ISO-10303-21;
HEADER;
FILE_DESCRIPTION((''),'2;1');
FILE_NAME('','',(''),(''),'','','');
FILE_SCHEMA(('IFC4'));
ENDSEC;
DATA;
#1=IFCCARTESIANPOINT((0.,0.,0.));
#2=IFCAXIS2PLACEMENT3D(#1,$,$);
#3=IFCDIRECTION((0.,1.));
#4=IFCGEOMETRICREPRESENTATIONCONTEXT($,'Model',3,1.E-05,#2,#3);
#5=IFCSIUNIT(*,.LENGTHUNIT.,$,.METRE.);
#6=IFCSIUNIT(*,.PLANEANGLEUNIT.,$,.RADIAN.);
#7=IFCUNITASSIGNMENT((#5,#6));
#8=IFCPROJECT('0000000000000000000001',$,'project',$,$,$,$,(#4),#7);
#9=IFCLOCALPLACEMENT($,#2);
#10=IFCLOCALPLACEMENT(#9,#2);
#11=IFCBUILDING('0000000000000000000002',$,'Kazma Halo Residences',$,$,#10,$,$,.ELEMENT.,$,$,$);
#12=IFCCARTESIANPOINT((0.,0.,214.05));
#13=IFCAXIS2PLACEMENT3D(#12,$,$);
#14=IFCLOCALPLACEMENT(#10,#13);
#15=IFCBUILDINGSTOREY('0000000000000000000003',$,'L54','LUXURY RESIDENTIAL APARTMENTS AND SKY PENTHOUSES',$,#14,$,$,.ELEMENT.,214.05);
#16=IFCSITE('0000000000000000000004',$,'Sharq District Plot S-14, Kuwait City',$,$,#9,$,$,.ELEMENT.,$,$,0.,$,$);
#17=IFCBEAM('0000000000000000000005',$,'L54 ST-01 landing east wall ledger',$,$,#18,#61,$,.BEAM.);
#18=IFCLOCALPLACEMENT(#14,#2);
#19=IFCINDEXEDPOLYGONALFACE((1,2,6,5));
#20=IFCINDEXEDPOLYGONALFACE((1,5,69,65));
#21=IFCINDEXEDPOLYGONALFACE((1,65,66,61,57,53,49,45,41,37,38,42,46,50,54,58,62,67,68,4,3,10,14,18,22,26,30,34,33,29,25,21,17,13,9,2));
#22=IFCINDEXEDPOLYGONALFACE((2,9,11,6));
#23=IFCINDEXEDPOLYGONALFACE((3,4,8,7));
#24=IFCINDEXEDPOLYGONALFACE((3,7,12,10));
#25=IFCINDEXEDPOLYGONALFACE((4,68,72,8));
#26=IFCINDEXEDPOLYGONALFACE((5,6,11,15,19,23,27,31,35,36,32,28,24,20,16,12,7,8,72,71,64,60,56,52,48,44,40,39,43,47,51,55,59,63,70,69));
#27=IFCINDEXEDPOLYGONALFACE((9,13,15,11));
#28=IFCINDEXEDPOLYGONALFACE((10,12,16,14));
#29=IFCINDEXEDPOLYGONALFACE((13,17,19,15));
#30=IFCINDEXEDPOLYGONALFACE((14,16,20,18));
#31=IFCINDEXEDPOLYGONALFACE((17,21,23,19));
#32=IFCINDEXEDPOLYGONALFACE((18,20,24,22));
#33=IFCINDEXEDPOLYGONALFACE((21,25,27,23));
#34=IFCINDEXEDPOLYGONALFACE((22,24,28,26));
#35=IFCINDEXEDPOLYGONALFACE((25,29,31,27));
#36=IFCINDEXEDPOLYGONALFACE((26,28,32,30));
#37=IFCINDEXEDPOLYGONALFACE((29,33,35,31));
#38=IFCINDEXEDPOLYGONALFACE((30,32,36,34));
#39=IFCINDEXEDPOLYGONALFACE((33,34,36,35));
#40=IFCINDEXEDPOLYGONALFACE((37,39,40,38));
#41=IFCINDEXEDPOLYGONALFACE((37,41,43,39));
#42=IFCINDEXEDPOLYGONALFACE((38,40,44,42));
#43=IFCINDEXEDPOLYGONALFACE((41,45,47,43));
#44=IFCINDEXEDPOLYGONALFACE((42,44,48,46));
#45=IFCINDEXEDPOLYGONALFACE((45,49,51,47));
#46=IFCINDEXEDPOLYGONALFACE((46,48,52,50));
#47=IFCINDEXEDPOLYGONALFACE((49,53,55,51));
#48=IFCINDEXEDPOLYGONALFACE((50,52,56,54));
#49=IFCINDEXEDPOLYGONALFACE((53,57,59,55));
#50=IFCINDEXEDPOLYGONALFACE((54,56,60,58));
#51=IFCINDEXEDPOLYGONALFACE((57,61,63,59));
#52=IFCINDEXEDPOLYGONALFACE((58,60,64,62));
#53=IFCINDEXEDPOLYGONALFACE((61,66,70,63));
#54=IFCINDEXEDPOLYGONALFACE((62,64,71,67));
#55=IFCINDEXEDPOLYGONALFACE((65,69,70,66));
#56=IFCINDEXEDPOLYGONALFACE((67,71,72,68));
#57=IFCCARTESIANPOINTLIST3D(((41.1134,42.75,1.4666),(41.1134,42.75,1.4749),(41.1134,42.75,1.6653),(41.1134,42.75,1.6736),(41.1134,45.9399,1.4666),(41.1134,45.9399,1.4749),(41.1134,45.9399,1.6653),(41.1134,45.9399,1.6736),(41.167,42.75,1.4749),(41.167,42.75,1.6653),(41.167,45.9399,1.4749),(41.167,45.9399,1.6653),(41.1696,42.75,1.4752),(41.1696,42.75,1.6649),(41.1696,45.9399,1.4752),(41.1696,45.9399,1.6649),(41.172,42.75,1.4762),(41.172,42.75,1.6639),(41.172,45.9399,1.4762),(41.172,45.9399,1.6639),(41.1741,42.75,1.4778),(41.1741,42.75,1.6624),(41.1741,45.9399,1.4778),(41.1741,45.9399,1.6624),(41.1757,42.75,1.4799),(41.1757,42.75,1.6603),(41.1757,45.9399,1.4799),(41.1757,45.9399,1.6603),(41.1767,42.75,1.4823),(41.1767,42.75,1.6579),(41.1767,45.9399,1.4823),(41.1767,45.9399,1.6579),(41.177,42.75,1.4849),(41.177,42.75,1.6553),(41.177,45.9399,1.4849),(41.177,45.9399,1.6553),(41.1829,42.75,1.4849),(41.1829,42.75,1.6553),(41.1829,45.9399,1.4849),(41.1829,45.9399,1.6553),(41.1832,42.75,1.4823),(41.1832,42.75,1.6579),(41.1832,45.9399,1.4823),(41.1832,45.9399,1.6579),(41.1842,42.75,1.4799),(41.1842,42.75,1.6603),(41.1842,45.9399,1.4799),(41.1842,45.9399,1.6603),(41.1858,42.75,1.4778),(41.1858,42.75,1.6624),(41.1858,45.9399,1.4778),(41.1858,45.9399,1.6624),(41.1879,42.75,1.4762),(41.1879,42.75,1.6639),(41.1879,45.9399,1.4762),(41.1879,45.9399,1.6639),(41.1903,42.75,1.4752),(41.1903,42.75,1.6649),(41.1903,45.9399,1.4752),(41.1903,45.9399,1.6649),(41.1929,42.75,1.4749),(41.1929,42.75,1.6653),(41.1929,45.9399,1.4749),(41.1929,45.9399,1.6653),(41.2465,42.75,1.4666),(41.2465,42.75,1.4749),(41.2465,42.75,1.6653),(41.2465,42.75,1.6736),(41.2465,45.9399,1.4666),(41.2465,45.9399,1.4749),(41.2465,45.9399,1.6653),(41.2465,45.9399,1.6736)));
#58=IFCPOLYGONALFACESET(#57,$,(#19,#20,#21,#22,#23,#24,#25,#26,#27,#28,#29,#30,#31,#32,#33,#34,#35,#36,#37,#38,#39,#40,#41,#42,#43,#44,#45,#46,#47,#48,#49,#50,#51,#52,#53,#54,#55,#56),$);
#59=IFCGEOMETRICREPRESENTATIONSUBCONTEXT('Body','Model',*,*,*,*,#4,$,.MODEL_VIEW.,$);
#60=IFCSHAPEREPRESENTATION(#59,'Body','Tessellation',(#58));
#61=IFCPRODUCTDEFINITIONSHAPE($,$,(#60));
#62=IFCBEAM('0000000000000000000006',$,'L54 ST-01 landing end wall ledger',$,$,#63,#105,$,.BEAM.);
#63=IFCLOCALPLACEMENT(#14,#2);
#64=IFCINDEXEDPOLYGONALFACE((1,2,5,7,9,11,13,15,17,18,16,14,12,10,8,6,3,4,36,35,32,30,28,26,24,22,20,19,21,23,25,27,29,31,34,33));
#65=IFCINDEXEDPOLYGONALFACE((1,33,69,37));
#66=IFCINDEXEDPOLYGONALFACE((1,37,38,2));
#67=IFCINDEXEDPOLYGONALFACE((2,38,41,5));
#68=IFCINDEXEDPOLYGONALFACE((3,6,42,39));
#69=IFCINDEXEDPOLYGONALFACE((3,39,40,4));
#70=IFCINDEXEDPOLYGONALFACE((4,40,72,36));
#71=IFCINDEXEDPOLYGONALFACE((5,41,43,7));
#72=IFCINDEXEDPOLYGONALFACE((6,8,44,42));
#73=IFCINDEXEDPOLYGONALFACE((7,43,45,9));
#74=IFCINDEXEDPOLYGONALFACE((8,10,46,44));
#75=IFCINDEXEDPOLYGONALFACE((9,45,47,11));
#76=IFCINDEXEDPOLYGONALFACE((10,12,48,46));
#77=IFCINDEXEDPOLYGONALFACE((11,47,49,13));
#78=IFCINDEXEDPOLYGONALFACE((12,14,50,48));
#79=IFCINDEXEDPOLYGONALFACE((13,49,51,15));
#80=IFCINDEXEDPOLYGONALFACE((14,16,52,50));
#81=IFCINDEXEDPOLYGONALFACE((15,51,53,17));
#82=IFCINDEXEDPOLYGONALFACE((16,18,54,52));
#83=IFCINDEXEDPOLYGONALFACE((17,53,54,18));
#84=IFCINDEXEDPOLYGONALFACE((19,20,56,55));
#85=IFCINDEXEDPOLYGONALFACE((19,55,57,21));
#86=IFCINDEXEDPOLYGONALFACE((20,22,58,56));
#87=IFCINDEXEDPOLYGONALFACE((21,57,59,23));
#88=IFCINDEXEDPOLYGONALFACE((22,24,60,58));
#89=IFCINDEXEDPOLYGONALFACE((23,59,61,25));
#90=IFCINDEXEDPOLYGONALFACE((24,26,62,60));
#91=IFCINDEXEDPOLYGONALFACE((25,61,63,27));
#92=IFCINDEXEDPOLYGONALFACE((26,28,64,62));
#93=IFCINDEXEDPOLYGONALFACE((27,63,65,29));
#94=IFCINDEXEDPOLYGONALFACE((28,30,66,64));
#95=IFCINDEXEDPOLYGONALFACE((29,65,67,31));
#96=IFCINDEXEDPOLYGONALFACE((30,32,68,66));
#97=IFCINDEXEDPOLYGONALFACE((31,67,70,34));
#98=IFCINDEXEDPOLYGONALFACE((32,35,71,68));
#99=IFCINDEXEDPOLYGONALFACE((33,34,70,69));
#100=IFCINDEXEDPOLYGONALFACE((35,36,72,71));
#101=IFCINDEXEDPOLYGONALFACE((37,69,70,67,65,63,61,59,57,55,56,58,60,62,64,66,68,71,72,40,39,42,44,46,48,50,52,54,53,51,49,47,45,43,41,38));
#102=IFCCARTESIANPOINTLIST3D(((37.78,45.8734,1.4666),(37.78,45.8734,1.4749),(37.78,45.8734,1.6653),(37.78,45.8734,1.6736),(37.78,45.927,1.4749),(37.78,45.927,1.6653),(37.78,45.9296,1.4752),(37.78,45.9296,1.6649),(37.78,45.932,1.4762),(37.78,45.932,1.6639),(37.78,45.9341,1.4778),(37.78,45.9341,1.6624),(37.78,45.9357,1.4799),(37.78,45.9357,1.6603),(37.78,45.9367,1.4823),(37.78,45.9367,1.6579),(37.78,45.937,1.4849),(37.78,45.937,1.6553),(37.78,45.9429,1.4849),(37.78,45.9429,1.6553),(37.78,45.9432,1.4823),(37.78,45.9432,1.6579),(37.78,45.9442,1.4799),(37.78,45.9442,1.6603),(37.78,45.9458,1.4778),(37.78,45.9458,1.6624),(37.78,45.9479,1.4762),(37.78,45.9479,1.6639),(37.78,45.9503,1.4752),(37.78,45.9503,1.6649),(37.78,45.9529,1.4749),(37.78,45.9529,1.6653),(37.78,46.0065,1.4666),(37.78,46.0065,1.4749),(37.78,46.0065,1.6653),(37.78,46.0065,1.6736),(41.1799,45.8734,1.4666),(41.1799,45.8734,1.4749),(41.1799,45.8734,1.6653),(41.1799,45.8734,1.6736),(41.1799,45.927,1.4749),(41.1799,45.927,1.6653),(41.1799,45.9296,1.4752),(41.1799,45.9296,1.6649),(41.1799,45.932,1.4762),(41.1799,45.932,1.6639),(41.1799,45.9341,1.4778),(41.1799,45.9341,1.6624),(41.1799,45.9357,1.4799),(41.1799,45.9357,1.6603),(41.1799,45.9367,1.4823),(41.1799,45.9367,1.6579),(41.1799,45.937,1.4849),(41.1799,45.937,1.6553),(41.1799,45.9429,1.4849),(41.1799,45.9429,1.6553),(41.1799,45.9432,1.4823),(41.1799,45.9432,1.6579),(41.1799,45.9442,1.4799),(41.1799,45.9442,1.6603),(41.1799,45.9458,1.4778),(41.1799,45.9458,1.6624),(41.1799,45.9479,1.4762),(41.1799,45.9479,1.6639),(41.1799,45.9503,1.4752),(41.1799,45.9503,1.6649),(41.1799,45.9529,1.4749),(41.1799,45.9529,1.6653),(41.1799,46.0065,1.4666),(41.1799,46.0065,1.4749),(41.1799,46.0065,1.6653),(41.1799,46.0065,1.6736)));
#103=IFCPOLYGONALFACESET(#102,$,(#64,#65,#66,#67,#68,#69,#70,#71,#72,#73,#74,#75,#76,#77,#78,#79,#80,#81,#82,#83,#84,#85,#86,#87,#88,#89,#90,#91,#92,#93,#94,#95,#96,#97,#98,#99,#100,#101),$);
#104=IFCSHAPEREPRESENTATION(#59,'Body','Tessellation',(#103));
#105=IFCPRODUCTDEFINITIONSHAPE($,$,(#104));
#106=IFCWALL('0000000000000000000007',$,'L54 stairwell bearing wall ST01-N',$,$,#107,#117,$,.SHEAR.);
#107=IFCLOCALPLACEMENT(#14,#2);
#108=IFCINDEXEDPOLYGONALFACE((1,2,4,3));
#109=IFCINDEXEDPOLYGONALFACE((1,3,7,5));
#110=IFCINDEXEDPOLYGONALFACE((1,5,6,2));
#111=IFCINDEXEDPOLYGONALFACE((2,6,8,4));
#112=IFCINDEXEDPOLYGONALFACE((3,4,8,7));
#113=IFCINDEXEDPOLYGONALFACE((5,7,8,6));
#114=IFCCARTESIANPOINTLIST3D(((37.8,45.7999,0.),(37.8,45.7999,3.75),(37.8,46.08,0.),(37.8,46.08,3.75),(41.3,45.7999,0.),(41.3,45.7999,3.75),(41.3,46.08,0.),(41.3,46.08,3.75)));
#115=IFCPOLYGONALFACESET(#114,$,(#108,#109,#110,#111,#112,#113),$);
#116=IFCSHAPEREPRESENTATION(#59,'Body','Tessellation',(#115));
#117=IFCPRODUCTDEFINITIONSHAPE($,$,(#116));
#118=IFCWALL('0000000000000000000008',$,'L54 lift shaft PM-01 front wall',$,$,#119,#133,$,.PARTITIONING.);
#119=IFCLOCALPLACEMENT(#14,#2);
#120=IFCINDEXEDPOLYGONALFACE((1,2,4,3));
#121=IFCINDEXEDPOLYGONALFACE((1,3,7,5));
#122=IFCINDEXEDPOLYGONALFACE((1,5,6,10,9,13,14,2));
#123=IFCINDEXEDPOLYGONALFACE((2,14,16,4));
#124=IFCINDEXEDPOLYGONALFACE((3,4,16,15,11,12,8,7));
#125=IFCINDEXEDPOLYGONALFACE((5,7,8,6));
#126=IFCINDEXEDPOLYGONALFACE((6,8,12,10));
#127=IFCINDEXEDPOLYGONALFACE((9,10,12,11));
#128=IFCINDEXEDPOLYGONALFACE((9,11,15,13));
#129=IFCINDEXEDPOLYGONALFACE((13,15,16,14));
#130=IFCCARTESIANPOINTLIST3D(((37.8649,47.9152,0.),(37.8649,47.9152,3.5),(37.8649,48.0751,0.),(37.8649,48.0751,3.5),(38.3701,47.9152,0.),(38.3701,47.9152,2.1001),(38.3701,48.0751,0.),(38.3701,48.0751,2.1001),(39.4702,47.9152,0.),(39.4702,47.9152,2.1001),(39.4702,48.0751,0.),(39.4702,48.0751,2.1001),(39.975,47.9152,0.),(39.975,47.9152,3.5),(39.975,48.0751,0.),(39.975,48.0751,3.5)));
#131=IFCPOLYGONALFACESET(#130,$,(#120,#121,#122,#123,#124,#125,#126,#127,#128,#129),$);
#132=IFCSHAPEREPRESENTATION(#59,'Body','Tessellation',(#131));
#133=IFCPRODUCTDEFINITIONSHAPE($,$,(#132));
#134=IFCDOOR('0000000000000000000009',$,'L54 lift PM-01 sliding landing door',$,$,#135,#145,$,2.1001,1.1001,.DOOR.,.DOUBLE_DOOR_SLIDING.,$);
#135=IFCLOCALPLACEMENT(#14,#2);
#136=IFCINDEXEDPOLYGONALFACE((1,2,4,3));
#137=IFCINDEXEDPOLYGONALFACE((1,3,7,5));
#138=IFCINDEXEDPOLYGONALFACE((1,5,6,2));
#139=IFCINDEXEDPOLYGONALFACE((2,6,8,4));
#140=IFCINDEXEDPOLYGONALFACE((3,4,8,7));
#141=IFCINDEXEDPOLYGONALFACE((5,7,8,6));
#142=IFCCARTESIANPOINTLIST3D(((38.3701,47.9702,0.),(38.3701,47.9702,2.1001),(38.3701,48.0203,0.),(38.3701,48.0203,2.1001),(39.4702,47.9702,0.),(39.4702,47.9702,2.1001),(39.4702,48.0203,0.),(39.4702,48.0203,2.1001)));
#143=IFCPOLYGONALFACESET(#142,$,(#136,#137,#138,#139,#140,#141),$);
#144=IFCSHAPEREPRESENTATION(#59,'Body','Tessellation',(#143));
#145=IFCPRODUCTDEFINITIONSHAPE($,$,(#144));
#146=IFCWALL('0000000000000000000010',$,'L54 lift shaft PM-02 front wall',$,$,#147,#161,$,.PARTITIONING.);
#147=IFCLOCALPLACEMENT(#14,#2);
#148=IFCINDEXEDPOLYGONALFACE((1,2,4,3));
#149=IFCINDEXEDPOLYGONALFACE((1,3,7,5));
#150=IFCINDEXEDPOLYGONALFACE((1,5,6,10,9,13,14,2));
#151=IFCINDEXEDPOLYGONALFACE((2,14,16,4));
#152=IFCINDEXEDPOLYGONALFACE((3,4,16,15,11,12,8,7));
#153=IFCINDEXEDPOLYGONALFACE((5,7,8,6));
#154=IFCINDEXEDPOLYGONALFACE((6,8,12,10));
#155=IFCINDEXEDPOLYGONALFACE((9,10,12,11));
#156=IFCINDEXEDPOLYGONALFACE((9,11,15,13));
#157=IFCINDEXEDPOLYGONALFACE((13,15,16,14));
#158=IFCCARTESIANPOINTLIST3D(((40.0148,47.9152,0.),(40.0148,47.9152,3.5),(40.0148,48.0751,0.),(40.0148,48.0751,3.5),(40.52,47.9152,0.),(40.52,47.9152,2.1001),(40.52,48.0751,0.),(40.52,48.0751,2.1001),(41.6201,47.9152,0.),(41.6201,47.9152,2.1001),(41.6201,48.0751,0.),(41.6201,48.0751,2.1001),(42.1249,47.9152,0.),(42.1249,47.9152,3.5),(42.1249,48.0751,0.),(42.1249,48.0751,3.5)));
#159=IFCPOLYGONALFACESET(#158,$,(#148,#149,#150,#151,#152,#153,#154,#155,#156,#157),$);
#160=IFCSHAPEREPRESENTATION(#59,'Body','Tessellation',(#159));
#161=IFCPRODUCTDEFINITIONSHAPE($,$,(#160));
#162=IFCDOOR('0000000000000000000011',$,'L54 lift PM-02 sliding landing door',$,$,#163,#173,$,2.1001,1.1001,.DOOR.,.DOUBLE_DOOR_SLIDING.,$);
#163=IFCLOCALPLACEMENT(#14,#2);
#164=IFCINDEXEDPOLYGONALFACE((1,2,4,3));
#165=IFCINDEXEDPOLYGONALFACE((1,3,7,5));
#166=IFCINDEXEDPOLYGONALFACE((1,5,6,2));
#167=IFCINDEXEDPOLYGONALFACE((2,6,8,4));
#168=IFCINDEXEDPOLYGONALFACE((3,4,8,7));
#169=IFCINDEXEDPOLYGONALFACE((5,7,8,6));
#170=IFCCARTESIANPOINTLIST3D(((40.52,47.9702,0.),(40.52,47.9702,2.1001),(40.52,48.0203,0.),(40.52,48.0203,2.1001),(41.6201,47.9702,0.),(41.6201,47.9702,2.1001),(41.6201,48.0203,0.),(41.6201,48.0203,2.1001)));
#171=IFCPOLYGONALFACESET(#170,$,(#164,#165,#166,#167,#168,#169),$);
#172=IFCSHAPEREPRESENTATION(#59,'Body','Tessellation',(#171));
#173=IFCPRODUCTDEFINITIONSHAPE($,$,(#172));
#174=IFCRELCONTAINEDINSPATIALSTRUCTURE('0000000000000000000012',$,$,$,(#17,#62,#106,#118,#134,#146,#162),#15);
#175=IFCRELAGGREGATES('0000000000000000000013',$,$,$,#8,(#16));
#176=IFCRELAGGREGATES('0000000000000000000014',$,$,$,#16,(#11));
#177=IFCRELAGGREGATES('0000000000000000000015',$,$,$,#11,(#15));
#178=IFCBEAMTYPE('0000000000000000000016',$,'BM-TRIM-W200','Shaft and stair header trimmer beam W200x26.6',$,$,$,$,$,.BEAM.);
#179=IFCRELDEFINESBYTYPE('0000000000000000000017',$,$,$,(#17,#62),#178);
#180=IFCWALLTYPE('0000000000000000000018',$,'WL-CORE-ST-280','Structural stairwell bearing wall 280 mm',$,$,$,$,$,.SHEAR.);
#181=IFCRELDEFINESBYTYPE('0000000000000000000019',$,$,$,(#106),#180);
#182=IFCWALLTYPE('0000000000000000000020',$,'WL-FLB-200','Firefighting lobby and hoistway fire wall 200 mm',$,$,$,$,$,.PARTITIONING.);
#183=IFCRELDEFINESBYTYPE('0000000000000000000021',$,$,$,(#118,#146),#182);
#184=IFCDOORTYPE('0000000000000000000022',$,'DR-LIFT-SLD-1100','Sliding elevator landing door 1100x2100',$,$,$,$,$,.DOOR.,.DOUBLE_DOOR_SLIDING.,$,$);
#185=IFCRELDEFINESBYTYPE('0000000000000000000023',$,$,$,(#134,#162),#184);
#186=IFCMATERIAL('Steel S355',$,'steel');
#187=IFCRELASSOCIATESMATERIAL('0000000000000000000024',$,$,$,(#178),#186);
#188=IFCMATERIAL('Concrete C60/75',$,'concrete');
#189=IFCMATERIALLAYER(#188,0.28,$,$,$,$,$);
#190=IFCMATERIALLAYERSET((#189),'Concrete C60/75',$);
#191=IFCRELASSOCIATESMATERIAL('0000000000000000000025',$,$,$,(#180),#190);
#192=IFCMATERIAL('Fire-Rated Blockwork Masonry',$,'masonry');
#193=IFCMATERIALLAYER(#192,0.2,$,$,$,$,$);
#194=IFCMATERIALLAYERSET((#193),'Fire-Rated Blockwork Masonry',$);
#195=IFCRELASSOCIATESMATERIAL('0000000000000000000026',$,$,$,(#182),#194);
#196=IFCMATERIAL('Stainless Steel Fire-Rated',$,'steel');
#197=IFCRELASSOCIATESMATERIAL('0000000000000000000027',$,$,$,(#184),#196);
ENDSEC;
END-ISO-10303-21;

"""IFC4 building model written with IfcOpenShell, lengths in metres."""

from ifc_helpers import new_model, si_unit, direction, frame, frame_2d, origin, origin_2d, place, context, subcontext, project, spatial, rectangle, i_section, extrude, material, layer, layer_set, material_profile, profile_set, type_object, element, fill, save


model = new_model("IFC4")

# Units and contexts
model_context = context("Model", 3, precision=1e-05, world=origin(), true_north=direction((0.0, 1.0)))
body_context = subcontext(model_context, "Body", "Model", "MODEL_VIEW")
ifc_project = project(units=[si_unit("LENGTHUNIT", "METRE"), si_unit("PLANEANGLEUNIT", "RADIAN")], contexts=[model_context])

# Site, building, storey
site_placement = place(None, origin())
site = spatial("IfcSite", under=ifc_project, at=site_placement, Name="Sharq District Plot S-14, Kuwait City", CompositionType="ELEMENT", RefElevation=0.0)
building_placement = place(site_placement, origin())
building = spatial("IfcBuilding", under=site, at=building_placement, Name="Kazma Halo Residences", CompositionType="ELEMENT")
storey_placement = place(building_placement, frame((0.0, 0.0, 214.05)))
storey = spatial("IfcBuildingStorey", under=building, at=storey_placement, Name="L54", Description="LUXURY RESIDENTIAL APARTMENTS AND SKY PENTHOUSES", CompositionType="ELEMENT", Elevation=214.05)

# Shared definitions
ifc_material_1 = material(Name="Steel S355", Category="steel")

# Beams
ifc_material_profile_1 = material_profile(ifc_material_1, i_section(OverallWidth=0.1331, OverallDepth=0.207, WebThickness=0.0059, FlangeThickness=0.0083, FilletRadius=0.01, at=origin_2d()), Name="W200x26.6")
ifc_profile_set_1 = profile_set([ifc_material_profile_1], Name="Steel S355")
beam_type_1 = type_object("IfcBeamType", Name="BM-TRIM-W200", Description="Shaft and stair header trimmer beam W200x26.6", PredefinedType="BEAM", material=ifc_profile_set_1)
beam_1_placement = place(storey_placement, frame((41.1799, 42.75, 1.5701), z_axis=(0.0, 1.0, 0.0), x_axis=(-1.0, 0.0, 0.0)))
element("IfcBeam", 1, at=beam_1_placement, inside=storey, type_object=beam_type_1, Name="L54 ST-01 landing east wall ledger", PredefinedType="BEAM", context=body_context, shape_type="SweptSolid", body=[
    extrude(i_section(OverallWidth=0.1331, OverallDepth=0.207, WebThickness=0.0059, FlangeThickness=0.0083, FilletRadius=0.01, at=origin_2d()), origin(), (0.0, 0.0, 1.0), 3.1899),
])
beam_2_placement = place(storey_placement, frame((37.78, 45.9399, 1.5701), z_axis=(1.0, 0.0, 0.0), x_axis=(0.0, 1.0, 0.0)))
element("IfcBeam", 2, at=beam_2_placement, inside=storey, type_object=beam_type_1, Name="L54 ST-01 landing end wall ledger", PredefinedType="BEAM", context=body_context, shape_type="SweptSolid", body=[
    extrude(i_section(OverallWidth=0.1331, OverallDepth=0.207, WebThickness=0.0059, FlangeThickness=0.0083, FilletRadius=0.01, at=origin_2d()), origin(), (0.0, 0.0, 1.0), 3.3999),
])

# Wall
ifc_material_2 = material(Name="Concrete C60/75", Category="concrete")
ifc_layer_1 = layer(ifc_material_2, 0.28)
ifc_layer_set_1 = layer_set([ifc_layer_1], Name="Concrete C60/75")
wall_type_1 = type_object("IfcWallType", Name="WL-CORE-ST-280", Description="Structural stairwell bearing wall 280 mm", PredefinedType="SHEAR", material=ifc_layer_set_1)
wall_1_placement = place(storey_placement, frame((37.8, 45.9399, 0.0), z_axis=(0.0, 0.0, 1.0), x_axis=(1.0, 0.0, 0.0)))
element("IfcWall", 3, at=wall_1_placement, inside=storey, type_object=wall_type_1, Name="L54 stairwell bearing wall ST01-N", PredefinedType="SHEAR", context=body_context, shape_type="SweptSolid", body=[
    extrude(rectangle(XDim=3.5, YDim=0.28, at=frame_2d((1.75, 0.0))), origin(), (0.0, 0.0, 1.0), 3.75),
])

# Walls, openings, doors
ifc_material_3 = material(Name="Fire-Rated Blockwork Masonry", Category="masonry")
ifc_layer_2 = layer(ifc_material_3, 0.2)
ifc_layer_set_2 = layer_set([ifc_layer_2], Name="Fire-Rated Blockwork Masonry")
wall_type_2 = type_object("IfcWallType", Name="WL-FLB-200", Description="Firefighting lobby and hoistway fire wall 200 mm", PredefinedType="PARTITIONING", material=ifc_layer_set_2)
wall_2_placement = place(storey_placement, frame((39.9751, 47.9951, 0.0), z_axis=(0.0, 0.0, 1.0), x_axis=(-1.0, 0.0, 0.0)))
wall_2 = element("IfcWall", 4, at=wall_2_placement, inside=storey, type_object=wall_type_2, Name="L54 lift shaft PM-01 front wall", PredefinedType="PARTITIONING", context=body_context, shape_type="SweptSolid", body=[
    extrude(rectangle(XDim=2.1101, YDim=0.1599, at=frame_2d((1.0552, 0.0))), origin(), (0.0, 0.0, 1.0), 3.5),
])
opening_1_placement = place(wall_2_placement, frame((0.5049, 0.0, 0.0)))
opening_1 = element("IfcOpeningElement", 5, at=opening_1_placement, cuts=wall_2, PredefinedType="OPENING", context=body_context, shape_type="SweptSolid", body=[
    extrude(rectangle(XDim=1.1001, YDim=2.1001, at=frame_2d((0.55, 1.05))), frame((0.0, 0.0898, 0.0), z_axis=(0.0, -1.0, 0.0), x_axis=(1.0, 0.0, 0.0)), (0.0, 0.0, 1.0), 0.1799),
])
ifc_material_4 = material(Name="Stainless Steel Fire-Rated", Category="steel")
door_type_1 = type_object("IfcDoorType", Name="DR-LIFT-SLD-1100", Description="Sliding elevator landing door 1100x2100", OperationType="DOUBLE_DOOR_SLIDING", PredefinedType="DOOR", material=ifc_material_4)
door_1_placement = place(opening_1_placement, origin())
door_1 = element("IfcDoor", 6, at=door_1_placement, inside=storey, type_object=door_type_1, Name="L54 lift PM-01 sliding landing door", OperationType="DOUBLE_DOOR_SLIDING", OverallHeight=2.1001, OverallWidth=1.1001, PredefinedType="DOOR", context=body_context, shape_type="SweptSolid", body=[
    extrude(rectangle(XDim=1.1001, YDim=2.1001, at=frame_2d((0.55, 1.05))), frame((0.0, 0.0249, 0.0), z_axis=(0.0, -1.0, 0.0), x_axis=(1.0, 0.0, 0.0)), (0.0, 0.0, 1.0), 0.05),
])
fill(opening_1, door_1)
wall_3_placement = place(storey_placement, frame((42.125, 47.9951, 0.0), z_axis=(0.0, 0.0, 1.0), x_axis=(-1.0, 0.0, 0.0)))
wall_3 = element("IfcWall", 7, at=wall_3_placement, inside=storey, type_object=wall_type_2, Name="L54 lift shaft PM-02 front wall", PredefinedType="PARTITIONING", context=body_context, shape_type="SweptSolid", body=[
    extrude(rectangle(XDim=2.1101, YDim=0.1599, at=frame_2d((1.0552, 0.0))), origin(), (0.0, 0.0, 1.0), 3.5),
])
opening_2_placement = place(wall_3_placement, frame((0.5049, 0.0, 0.0)))
opening_2 = element("IfcOpeningElement", 8, at=opening_2_placement, cuts=wall_3, PredefinedType="OPENING", context=body_context, shape_type="SweptSolid", body=[
    extrude(rectangle(XDim=1.1001, YDim=2.1001, at=frame_2d((0.55, 1.05))), frame((0.0, 0.0898, 0.0), z_axis=(0.0, -1.0, 0.0), x_axis=(1.0, 0.0, 0.0)), (0.0, 0.0, 1.0), 0.1799),
])
door_2_placement = place(opening_2_placement, origin())
door_2 = element("IfcDoor", 9, at=door_2_placement, inside=storey, type_object=door_type_1, Name="L54 lift PM-02 sliding landing door", OperationType="DOUBLE_DOOR_SLIDING", OverallHeight=2.1001, OverallWidth=1.1001, PredefinedType="DOOR", context=body_context, shape_type="SweptSolid", body=[
    extrude(rectangle(XDim=1.1001, YDim=2.1001, at=frame_2d((0.55, 1.05))), frame((0.0, 0.0249, 0.0), z_axis=(0.0, -1.0, 0.0), x_axis=(1.0, 0.0, 0.0)), (0.0, 0.0, 1.0), 0.05),
])
fill(opening_2, door_2)

save(model, "model.ifc")
